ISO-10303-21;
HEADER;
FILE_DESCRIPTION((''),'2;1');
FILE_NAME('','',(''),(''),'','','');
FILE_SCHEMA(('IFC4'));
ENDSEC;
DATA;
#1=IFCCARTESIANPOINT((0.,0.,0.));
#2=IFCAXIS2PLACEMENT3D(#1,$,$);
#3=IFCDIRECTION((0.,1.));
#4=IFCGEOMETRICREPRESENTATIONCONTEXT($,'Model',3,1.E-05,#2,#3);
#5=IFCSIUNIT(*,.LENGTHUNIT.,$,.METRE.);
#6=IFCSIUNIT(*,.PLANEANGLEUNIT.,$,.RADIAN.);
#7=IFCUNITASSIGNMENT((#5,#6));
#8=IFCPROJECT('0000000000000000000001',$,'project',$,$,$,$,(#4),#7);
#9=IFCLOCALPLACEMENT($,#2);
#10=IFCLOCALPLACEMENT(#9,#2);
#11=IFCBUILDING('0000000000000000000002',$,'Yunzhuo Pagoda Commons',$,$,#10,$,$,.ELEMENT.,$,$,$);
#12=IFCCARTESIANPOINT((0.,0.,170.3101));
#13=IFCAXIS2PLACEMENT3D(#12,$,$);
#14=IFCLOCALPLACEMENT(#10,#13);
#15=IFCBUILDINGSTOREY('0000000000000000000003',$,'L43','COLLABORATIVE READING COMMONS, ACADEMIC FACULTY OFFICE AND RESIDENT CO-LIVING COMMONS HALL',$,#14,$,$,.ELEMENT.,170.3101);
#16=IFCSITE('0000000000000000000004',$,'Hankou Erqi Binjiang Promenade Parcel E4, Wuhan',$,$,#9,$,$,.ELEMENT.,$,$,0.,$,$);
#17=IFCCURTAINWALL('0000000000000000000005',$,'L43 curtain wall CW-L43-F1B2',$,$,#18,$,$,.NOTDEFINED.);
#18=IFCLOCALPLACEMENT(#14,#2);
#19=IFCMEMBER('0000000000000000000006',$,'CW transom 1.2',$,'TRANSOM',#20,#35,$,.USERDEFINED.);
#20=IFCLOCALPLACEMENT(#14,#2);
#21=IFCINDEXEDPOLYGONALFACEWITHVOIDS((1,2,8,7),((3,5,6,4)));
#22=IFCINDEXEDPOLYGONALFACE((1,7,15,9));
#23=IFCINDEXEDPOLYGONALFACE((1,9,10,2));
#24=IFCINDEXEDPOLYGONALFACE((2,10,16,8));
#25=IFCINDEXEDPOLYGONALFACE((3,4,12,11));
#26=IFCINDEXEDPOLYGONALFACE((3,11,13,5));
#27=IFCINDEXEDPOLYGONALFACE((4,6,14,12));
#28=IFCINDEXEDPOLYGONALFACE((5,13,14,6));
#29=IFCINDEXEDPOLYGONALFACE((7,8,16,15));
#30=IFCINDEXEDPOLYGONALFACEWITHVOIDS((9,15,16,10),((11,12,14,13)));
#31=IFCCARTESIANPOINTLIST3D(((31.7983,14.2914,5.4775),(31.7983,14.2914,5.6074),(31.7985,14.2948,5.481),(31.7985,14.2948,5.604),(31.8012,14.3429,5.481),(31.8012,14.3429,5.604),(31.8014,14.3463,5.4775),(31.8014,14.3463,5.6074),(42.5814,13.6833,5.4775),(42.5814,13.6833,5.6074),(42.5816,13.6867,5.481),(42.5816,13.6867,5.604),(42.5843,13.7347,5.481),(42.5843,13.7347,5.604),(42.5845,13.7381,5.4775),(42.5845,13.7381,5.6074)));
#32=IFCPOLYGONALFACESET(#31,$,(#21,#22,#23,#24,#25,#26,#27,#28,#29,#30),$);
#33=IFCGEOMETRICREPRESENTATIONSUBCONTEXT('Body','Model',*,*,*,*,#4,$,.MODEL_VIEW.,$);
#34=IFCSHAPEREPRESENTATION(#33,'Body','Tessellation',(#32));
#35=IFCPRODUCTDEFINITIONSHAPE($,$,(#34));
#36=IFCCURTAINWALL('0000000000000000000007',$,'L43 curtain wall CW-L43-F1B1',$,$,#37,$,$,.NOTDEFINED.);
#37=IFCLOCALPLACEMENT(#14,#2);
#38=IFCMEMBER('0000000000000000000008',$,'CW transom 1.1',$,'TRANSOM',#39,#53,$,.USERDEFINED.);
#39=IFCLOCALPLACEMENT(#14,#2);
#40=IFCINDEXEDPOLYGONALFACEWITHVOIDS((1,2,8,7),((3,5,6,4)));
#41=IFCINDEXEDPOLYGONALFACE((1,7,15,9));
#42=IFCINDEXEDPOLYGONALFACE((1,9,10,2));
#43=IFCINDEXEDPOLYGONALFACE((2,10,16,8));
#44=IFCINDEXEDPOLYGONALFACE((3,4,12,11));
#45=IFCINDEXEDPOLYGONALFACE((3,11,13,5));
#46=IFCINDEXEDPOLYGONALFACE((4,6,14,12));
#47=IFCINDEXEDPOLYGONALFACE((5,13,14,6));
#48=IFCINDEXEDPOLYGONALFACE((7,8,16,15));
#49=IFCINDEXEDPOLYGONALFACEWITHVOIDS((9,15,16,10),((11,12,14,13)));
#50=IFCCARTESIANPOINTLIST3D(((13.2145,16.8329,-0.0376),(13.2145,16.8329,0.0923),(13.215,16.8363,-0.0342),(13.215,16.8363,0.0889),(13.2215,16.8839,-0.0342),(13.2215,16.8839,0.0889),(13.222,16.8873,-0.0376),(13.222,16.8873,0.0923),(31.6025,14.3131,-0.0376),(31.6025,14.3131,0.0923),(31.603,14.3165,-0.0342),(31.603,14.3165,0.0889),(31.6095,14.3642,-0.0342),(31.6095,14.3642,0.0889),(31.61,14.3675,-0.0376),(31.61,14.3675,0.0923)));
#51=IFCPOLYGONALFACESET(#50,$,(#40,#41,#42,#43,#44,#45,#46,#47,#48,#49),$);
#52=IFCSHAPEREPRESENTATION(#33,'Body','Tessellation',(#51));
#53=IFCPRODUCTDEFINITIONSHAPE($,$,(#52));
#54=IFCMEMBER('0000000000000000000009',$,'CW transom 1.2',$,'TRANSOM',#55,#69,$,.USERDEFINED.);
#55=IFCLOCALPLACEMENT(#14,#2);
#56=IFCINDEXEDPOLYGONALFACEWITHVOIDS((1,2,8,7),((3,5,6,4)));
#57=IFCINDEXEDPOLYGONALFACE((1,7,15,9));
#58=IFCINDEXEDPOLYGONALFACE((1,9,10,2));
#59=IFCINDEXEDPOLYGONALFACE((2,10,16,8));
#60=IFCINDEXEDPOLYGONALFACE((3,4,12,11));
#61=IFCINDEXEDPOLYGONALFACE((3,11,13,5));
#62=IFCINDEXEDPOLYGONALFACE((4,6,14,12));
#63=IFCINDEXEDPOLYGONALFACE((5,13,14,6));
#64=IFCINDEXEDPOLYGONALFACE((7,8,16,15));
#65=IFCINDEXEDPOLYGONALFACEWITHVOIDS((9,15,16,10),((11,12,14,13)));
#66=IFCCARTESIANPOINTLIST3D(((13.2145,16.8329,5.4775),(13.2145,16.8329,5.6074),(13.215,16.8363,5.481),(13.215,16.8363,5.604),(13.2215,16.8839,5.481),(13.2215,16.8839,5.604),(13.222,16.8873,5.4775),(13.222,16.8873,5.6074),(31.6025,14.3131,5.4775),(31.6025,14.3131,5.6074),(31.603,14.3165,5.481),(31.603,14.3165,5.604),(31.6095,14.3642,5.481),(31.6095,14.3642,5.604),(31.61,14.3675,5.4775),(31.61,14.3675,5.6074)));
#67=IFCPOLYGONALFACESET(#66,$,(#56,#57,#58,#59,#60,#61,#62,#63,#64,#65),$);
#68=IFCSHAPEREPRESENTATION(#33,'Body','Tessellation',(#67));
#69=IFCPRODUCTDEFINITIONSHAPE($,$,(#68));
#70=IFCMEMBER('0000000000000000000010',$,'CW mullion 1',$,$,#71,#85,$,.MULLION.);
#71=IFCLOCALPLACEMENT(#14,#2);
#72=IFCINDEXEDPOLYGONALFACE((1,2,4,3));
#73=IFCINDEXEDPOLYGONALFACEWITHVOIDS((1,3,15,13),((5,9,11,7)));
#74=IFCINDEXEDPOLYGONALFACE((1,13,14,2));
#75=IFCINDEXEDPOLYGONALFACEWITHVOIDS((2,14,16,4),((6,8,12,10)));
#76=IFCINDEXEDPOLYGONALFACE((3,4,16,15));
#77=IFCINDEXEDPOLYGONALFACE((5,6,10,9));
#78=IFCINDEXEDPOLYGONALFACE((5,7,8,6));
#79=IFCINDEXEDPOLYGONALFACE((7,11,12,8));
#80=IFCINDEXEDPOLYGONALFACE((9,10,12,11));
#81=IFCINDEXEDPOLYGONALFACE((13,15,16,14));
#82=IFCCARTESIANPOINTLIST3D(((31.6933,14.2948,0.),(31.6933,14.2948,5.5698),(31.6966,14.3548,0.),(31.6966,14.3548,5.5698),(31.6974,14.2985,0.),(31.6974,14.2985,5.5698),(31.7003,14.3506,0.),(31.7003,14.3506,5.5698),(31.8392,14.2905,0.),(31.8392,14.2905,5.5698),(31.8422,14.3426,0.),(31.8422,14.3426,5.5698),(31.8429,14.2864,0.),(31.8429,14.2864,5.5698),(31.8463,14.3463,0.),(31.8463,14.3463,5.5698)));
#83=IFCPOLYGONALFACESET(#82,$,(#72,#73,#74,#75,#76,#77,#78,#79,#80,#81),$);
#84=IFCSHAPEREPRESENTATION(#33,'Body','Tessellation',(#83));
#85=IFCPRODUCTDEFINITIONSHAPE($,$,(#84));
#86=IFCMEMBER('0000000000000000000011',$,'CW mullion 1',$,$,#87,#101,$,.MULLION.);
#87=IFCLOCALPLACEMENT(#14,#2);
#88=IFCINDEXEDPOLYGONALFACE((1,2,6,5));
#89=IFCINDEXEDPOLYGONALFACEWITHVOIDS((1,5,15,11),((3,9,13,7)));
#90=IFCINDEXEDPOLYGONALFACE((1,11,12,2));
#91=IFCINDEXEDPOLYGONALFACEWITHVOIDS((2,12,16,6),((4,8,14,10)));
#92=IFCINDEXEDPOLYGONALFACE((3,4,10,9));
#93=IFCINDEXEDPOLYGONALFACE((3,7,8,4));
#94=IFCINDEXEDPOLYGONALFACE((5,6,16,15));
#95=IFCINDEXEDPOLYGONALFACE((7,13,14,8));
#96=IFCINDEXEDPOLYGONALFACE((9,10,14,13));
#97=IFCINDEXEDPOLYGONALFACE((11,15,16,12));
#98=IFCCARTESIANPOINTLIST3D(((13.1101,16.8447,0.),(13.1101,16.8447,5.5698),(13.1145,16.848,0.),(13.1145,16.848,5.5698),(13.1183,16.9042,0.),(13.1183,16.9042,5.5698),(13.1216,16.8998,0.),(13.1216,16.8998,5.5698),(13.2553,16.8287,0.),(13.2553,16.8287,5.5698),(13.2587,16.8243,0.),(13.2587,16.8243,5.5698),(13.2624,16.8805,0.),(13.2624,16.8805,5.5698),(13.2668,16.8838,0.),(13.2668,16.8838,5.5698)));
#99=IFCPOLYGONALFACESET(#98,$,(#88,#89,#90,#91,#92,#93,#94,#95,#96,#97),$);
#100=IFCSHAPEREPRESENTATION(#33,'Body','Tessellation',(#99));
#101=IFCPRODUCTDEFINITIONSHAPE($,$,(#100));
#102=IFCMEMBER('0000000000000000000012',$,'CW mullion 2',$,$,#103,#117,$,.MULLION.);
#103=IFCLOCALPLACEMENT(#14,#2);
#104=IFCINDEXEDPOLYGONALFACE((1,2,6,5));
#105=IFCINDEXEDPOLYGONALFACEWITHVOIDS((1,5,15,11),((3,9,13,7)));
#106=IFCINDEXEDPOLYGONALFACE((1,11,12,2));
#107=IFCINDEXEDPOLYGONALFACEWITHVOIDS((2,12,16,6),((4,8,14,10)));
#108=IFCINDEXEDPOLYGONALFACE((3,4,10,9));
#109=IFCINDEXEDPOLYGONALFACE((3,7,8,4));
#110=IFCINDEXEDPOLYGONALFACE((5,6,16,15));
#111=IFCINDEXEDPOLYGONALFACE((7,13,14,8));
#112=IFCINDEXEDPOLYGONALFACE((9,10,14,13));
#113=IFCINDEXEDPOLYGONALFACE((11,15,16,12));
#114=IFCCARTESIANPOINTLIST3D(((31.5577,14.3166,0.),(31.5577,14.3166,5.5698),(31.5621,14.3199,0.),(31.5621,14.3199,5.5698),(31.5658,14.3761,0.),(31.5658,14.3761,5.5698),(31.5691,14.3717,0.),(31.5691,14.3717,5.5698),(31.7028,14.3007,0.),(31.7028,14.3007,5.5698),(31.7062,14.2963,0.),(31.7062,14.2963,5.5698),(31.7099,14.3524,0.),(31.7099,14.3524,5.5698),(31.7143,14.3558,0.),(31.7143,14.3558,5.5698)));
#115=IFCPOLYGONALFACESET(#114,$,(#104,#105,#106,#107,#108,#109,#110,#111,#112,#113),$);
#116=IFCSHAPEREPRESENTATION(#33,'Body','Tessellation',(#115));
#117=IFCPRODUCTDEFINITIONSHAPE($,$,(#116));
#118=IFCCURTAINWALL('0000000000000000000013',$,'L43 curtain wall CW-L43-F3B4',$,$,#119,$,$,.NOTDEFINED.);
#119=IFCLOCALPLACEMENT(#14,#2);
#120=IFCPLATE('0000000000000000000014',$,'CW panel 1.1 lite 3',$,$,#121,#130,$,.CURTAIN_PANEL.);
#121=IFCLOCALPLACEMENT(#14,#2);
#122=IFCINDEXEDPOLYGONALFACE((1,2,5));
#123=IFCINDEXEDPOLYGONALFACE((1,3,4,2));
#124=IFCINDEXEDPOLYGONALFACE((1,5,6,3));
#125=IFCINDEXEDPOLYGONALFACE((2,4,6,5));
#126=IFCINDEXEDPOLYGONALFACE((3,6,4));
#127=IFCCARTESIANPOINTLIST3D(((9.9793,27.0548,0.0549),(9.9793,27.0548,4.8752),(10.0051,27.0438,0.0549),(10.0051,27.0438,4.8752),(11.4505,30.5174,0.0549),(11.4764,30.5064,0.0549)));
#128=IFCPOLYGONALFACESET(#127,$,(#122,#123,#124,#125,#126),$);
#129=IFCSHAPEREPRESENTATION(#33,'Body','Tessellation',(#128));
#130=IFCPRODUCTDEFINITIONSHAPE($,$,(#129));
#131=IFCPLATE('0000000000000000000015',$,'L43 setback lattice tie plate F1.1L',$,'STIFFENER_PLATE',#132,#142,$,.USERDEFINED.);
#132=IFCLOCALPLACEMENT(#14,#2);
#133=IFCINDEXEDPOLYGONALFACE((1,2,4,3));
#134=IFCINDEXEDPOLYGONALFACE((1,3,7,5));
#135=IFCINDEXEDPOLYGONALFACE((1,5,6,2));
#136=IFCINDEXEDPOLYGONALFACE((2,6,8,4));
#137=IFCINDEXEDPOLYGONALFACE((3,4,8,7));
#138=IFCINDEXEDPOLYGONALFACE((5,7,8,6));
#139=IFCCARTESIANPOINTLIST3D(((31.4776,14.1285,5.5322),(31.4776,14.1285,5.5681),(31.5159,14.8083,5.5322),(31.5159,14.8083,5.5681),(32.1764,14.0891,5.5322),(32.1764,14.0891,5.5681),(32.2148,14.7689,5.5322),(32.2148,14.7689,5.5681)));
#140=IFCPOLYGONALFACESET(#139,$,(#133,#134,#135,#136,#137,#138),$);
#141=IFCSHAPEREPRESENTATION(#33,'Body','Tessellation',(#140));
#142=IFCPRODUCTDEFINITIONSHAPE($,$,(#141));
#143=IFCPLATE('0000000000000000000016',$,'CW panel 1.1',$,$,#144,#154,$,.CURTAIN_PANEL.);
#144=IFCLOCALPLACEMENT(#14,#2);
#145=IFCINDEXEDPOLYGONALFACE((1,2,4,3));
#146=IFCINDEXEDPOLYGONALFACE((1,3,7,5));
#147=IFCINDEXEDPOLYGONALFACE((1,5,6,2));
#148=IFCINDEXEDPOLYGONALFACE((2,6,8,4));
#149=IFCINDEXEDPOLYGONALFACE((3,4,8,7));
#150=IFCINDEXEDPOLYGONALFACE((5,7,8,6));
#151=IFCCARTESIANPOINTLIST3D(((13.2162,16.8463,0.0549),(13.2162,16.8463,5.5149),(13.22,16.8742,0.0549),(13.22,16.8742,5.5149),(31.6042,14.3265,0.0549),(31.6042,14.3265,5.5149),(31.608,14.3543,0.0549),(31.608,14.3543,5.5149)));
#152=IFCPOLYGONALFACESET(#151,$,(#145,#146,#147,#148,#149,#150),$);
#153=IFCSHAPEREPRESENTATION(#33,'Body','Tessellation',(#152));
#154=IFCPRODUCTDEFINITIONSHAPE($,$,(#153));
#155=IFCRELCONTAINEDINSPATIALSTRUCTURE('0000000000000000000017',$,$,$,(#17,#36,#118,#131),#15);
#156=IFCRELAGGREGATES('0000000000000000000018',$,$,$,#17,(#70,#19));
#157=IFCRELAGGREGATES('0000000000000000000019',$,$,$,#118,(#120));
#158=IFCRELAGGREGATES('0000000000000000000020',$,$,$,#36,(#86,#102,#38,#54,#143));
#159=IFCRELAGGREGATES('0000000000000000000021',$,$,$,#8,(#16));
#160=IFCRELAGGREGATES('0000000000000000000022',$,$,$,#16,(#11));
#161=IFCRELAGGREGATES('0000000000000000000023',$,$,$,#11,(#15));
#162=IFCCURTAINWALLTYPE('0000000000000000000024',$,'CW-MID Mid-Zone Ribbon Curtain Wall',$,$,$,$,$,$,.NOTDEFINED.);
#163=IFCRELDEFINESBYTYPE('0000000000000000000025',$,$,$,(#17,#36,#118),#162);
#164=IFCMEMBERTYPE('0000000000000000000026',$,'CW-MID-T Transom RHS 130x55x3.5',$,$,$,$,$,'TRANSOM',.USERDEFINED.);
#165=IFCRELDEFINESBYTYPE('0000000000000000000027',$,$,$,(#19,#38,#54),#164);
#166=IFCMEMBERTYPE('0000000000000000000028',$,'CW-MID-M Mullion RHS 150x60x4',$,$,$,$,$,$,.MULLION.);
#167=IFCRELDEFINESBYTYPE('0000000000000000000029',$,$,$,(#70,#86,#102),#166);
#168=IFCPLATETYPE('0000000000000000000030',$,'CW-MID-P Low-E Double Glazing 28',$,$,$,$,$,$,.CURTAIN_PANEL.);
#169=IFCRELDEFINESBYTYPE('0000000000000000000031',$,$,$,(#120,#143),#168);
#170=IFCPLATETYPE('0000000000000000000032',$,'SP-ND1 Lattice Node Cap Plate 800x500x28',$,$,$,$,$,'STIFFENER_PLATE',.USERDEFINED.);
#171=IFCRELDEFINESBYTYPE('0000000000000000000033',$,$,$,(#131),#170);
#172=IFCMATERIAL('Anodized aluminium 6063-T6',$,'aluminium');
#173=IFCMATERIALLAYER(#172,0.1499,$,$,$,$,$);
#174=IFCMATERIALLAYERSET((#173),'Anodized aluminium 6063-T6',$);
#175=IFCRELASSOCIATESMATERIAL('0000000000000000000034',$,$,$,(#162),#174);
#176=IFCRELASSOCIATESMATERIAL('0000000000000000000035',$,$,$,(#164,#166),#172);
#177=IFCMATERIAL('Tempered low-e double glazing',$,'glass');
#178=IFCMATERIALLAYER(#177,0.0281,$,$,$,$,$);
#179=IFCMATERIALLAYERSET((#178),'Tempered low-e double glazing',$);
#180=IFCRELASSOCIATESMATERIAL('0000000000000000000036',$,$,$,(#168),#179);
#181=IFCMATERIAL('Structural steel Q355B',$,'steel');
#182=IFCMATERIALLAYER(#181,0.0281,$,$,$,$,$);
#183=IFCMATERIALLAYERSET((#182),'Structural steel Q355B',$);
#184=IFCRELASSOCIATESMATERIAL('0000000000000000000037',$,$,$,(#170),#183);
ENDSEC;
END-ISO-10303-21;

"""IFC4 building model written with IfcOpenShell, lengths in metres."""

from ifc_helpers import new_model, si_unit, direction, frame, origin, origin_2d, place, context, subcontext, project, spatial, polyline, rectangle, hollow_rectangle, outline, extrude, source, transform, mapped, material, layer, layer_set, material_profile, profile_set, type_object, element, aggregate, save


model = new_model("IFC4")

# Units and contexts
model_context = context("Model", 3, precision=1e-05, world=origin(), true_north=direction((0.0, 1.0)))
body_context = subcontext(model_context, "Body", "Model", "MODEL_VIEW")
ifc_project = project(units=[si_unit("LENGTHUNIT", "METRE"), si_unit("PLANEANGLEUNIT", "RADIAN")], contexts=[model_context])

# Site, building, storey
site_placement = place(None, origin())
site = spatial("IfcSite", under=ifc_project, at=site_placement, Name="Hankou Erqi Binjiang Promenade Parcel E4, Wuhan", CompositionType="ELEMENT", RefElevation=0.0)
building_placement = place(site_placement, origin())
building = spatial("IfcBuilding", under=site, at=building_placement, Name="Yunzhuo Pagoda Commons", CompositionType="ELEMENT")
storey_placement = place(building_placement, frame((0.0, 0.0, 170.3101)))
storey = spatial("IfcBuildingStorey", under=building, at=storey_placement, Name="L43", Description="COLLABORATIVE READING COMMONS, ACADEMIC FACULTY OFFICE AND RESIDENT CO-LIVING COMMONS HALL", CompositionType="ELEMENT", Elevation=170.3101)

# Shared definitions
ifc_material_1 = material(Name="Structural steel Q355B", Category="steel")

# Curtain walls, members
ifc_material_2 = material(Name="Anodized aluminium 6063-T6", Category="aluminium")
ifc_layer_1 = layer(ifc_material_2, 0.1499)
ifc_layer_set_1 = layer_set([ifc_layer_1], Name="Anodized aluminium 6063-T6")
curtain_wall_type = type_object("IfcCurtainWallType", Name="CW-MID Mid-Zone Ribbon Curtain Wall", PredefinedType="NOTDEFINED", material=ifc_layer_set_1)
curtain_wall_1_placement = place(storey_placement, origin())
curtain_wall_1 = element("IfcCurtainWall", 1, at=curtain_wall_1_placement, inside=storey, type_object=curtain_wall_type, Name="L43 curtain wall CW-L43-F1B2", PredefinedType="NOTDEFINED")
ifc_material_profile_1 = material_profile(ifc_material_2, hollow_rectangle(XDim=0.0549, YDim=0.1299, WallThickness=0.0034, at=origin_2d()), Name="Anodized aluminium 6063-T6")
ifc_profile_set_1 = profile_set([ifc_material_profile_1], Name="Anodized aluminium 6063-T6")
member_type_1 = type_object("IfcMemberType", Name="CW-MID-T Transom RHS 130x55x3.5", ElementType="TRANSOM", PredefinedType="USERDEFINED", material=ifc_profile_set_1)
shared_shape_1 = source(origin(), body_context, "Body", "SweptSolid", [
    extrude(hollow_rectangle(XDim=0.0549, YDim=0.1299, WallThickness=0.0034, at=origin_2d()), origin(), (0.0, 0.0, 1.0), 10.8003),
])
member_1_placement = place(storey_placement, frame((31.7998, 14.3188, 5.5425), z_axis=(0.998413, -0.056309, 0.0), x_axis=(0.056309, 0.998413, 0.0)))
member_1 = element("IfcMember", 2, at=member_1_placement, type_object=member_type_1, Name="CW transom 1.2", ObjectType="TRANSOM", PredefinedType="USERDEFINED", context=body_context, shape_type="MappedRepresentation", body=[
    mapped(shared_shape_1, transform((0.0, 0.0, 0.0), scale=1.0)),
])
curtain_wall_2_placement = place(storey_placement, origin())
curtain_wall_2 = element("IfcCurtainWall", 3, at=curtain_wall_2_placement, inside=storey, type_object=curtain_wall_type, Name="L43 curtain wall CW-L43-F1B1", PredefinedType="NOTDEFINED")
shared_shape_2 = source(origin(), body_context, "Body", "SweptSolid", [
    extrude(hollow_rectangle(XDim=0.0549, YDim=0.1299, WallThickness=0.0034, at=origin_2d()), origin(), (0.0, 0.0, 1.0), 18.5598),
])
member_2_placement = place(storey_placement, frame((13.2183, 16.8601, 0.0273), z_axis=(0.990741, -0.135765, 0.0), x_axis=(0.135765, 0.990741, 0.0)))
member_2 = element("IfcMember", 4, at=member_2_placement, type_object=member_type_1, Name="CW transom 1.1", ObjectType="TRANSOM", PredefinedType="USERDEFINED", context=body_context, shape_type="MappedRepresentation", body=[
    mapped(shared_shape_2, transform((0.0, 0.0, 0.0), scale=1.0)),
])
member_3_placement = place(storey_placement, frame((13.2183, 16.8601, 5.5425), z_axis=(0.990741, -0.135765, 0.0), x_axis=(0.135765, 0.990741, 0.0)))
member_3 = element("IfcMember", 5, at=member_3_placement, type_object=member_type_1, Name="CW transom 1.2", ObjectType="TRANSOM", PredefinedType="USERDEFINED", context=body_context, shape_type="MappedRepresentation", body=[
    mapped(shared_shape_2, transform((0.0, 0.0, 0.0), scale=1.0)),
])

# Members
ifc_material_profile_2 = material_profile(ifc_material_2, hollow_rectangle(XDim=0.0601, YDim=0.1499, WallThickness=0.0039, at=origin_2d()), Name="Anodized aluminium 6063-T6")
ifc_profile_set_2 = profile_set([ifc_material_profile_2], Name="Anodized aluminium 6063-T6")
member_type_2 = type_object("IfcMemberType", Name="CW-MID-M Mullion RHS 150x60x4", PredefinedType="MULLION", material=ifc_profile_set_2)
shared_shape_3 = source(origin(), body_context, "Body", "SweptSolid", [
    extrude(hollow_rectangle(XDim=0.0601, YDim=0.1499, WallThickness=0.0039, at=origin_2d()), origin(), (0.0, 0.0, 1.0), 5.5698),
])
member_4_placement = place(storey_placement, frame((31.7698, 14.3206, 0.0), z_axis=(0.0, 0.0, 1.0), x_axis=(0.056299, 0.998414, 0.0)))
member_4 = element("IfcMember", 6, at=member_4_placement, type_object=member_type_2, Name="CW mullion 1", PredefinedType="MULLION", context=body_context, shape_type="MappedRepresentation", body=[
    mapped(shared_shape_3, transform((0.0, 0.0, 0.0), scale=1.0)),
])
aggregate(curtain_wall_1, [member_4, member_1])
member_5_placement = place(storey_placement, frame((13.1885, 16.8643, 0.0), z_axis=(0.0, 0.0, 1.0), x_axis=(0.135767, 0.990741, 0.0)))
member_5 = element("IfcMember", 7, at=member_5_placement, type_object=member_type_2, Name="CW mullion 1", PredefinedType="MULLION", context=body_context, shape_type="MappedRepresentation", body=[
    mapped(shared_shape_3, transform((0.0, 0.0, 0.0), scale=1.0)),
])
member_6_placement = place(storey_placement, frame((31.636, 14.3362, 0.0), z_axis=(0.0, 0.0, 1.0), x_axis=(0.135767, 0.990741, 0.0)))
member_6 = element("IfcMember", 8, at=member_6_placement, type_object=member_type_2, Name="CW mullion 2", PredefinedType="MULLION", context=body_context, shape_type="MappedRepresentation", body=[
    mapped(shared_shape_3, transform((0.0, 0.0, 0.0), scale=1.0)),
])

# Curtain wall, plate
curtain_wall_3_placement = place(storey_placement, origin())
curtain_wall_3 = element("IfcCurtainWall", 9, at=curtain_wall_3_placement, inside=storey, type_object=curtain_wall_type, Name="L43 curtain wall CW-L43-F3B4", PredefinedType="NOTDEFINED")
ifc_material_3 = material(Name="Tempered low-e double glazing", Category="glass")
ifc_layer_2 = layer(ifc_material_3, 0.0281)
ifc_layer_set_2 = layer_set([ifc_layer_2], Name="Tempered low-e double glazing")
plate_type_1 = type_object("IfcPlateType", Name="CW-MID-P Low-E Double Glazing 28", PredefinedType="CURTAIN_PANEL", material=ifc_layer_set_2)
plate_1_placement = place(storey_placement, frame((10.7407, 28.7751, 2.4651), z_axis=(-0.920364, 0.391063, 0.0), x_axis=(-0.391063, -0.920364, 0.0)))
plate_1 = element("IfcPlate", 10, at=plate_1_placement, type_object=plate_type_1, Name="CW panel 1.1 lite 3", PredefinedType="CURTAIN_PANEL", context=body_context, shape_type="SweptSolid", body=[
    extrude(outline(polyline([(-1.8811, -2.4102), (1.8811, -2.4102), (1.8811, 2.4102), (-1.8811, -2.4102)])), origin(), (0.0, 0.0, 1.0), 0.0281),
])
aggregate(curtain_wall_3, [plate_1])

# Plates
ifc_layer_3 = layer(ifc_material_1, 0.0281)
ifc_layer_set_3 = layer_set([ifc_layer_3], Name="Structural steel Q355B")
plate_type_2 = type_object("IfcPlateType", Name="SP-ND1 Lattice Node Cap Plate 800x500x28", ElementType="STIFFENER_PLATE", PredefinedType="USERDEFINED", material=ifc_layer_set_3)
shared_shape_4 = source(origin(), body_context, "Body", "SweptSolid", [
    extrude(rectangle(XDim=0.7, YDim=0.6809, at=origin_2d()), origin(), (0.0, 0.0, 1.0), 0.0359),
])
plate_2_placement = place(storey_placement, frame((31.8462, 14.4487, 5.5322), z_axis=(0.0, 0.0, 1.0), x_axis=(0.998414, -0.056292, 0.0)))
element("IfcPlate", 11, at=plate_2_placement, inside=storey, type_object=plate_type_2, Name="L43 setback lattice tie plate F1.1L", ObjectType="STIFFENER_PLATE", PredefinedType="USERDEFINED", context=body_context, shape_type="MappedRepresentation", body=[
    mapped(shared_shape_4, transform((0.0, 0.0, 0.0), scale=1.0)),
])
shared_shape_5 = source(origin(), body_context, "Body", "SweptSolid", [
    extrude(rectangle(XDim=18.5598, YDim=0.0281, at=origin_2d()), origin(), (0.0, 0.0, 1.0), 5.46),
])
plate_3_placement = place(storey_placement, frame((22.4121, 15.6003, 0.0549), z_axis=(0.0, 0.0, 1.0), x_axis=(0.990741, -0.135767, 0.0)))
plate_3 = element("IfcPlate", 12, at=plate_3_placement, type_object=plate_type_1, Name="CW panel 1.1", PredefinedType="CURTAIN_PANEL", context=body_context, shape_type="MappedRepresentation", body=[
    mapped(shared_shape_5, transform((0.0, 0.0, 0.0), scale=1.0)),
])
aggregate(curtain_wall_2, [member_5, member_6, member_2, member_3, plate_3])

save(model, "model.ifc")
